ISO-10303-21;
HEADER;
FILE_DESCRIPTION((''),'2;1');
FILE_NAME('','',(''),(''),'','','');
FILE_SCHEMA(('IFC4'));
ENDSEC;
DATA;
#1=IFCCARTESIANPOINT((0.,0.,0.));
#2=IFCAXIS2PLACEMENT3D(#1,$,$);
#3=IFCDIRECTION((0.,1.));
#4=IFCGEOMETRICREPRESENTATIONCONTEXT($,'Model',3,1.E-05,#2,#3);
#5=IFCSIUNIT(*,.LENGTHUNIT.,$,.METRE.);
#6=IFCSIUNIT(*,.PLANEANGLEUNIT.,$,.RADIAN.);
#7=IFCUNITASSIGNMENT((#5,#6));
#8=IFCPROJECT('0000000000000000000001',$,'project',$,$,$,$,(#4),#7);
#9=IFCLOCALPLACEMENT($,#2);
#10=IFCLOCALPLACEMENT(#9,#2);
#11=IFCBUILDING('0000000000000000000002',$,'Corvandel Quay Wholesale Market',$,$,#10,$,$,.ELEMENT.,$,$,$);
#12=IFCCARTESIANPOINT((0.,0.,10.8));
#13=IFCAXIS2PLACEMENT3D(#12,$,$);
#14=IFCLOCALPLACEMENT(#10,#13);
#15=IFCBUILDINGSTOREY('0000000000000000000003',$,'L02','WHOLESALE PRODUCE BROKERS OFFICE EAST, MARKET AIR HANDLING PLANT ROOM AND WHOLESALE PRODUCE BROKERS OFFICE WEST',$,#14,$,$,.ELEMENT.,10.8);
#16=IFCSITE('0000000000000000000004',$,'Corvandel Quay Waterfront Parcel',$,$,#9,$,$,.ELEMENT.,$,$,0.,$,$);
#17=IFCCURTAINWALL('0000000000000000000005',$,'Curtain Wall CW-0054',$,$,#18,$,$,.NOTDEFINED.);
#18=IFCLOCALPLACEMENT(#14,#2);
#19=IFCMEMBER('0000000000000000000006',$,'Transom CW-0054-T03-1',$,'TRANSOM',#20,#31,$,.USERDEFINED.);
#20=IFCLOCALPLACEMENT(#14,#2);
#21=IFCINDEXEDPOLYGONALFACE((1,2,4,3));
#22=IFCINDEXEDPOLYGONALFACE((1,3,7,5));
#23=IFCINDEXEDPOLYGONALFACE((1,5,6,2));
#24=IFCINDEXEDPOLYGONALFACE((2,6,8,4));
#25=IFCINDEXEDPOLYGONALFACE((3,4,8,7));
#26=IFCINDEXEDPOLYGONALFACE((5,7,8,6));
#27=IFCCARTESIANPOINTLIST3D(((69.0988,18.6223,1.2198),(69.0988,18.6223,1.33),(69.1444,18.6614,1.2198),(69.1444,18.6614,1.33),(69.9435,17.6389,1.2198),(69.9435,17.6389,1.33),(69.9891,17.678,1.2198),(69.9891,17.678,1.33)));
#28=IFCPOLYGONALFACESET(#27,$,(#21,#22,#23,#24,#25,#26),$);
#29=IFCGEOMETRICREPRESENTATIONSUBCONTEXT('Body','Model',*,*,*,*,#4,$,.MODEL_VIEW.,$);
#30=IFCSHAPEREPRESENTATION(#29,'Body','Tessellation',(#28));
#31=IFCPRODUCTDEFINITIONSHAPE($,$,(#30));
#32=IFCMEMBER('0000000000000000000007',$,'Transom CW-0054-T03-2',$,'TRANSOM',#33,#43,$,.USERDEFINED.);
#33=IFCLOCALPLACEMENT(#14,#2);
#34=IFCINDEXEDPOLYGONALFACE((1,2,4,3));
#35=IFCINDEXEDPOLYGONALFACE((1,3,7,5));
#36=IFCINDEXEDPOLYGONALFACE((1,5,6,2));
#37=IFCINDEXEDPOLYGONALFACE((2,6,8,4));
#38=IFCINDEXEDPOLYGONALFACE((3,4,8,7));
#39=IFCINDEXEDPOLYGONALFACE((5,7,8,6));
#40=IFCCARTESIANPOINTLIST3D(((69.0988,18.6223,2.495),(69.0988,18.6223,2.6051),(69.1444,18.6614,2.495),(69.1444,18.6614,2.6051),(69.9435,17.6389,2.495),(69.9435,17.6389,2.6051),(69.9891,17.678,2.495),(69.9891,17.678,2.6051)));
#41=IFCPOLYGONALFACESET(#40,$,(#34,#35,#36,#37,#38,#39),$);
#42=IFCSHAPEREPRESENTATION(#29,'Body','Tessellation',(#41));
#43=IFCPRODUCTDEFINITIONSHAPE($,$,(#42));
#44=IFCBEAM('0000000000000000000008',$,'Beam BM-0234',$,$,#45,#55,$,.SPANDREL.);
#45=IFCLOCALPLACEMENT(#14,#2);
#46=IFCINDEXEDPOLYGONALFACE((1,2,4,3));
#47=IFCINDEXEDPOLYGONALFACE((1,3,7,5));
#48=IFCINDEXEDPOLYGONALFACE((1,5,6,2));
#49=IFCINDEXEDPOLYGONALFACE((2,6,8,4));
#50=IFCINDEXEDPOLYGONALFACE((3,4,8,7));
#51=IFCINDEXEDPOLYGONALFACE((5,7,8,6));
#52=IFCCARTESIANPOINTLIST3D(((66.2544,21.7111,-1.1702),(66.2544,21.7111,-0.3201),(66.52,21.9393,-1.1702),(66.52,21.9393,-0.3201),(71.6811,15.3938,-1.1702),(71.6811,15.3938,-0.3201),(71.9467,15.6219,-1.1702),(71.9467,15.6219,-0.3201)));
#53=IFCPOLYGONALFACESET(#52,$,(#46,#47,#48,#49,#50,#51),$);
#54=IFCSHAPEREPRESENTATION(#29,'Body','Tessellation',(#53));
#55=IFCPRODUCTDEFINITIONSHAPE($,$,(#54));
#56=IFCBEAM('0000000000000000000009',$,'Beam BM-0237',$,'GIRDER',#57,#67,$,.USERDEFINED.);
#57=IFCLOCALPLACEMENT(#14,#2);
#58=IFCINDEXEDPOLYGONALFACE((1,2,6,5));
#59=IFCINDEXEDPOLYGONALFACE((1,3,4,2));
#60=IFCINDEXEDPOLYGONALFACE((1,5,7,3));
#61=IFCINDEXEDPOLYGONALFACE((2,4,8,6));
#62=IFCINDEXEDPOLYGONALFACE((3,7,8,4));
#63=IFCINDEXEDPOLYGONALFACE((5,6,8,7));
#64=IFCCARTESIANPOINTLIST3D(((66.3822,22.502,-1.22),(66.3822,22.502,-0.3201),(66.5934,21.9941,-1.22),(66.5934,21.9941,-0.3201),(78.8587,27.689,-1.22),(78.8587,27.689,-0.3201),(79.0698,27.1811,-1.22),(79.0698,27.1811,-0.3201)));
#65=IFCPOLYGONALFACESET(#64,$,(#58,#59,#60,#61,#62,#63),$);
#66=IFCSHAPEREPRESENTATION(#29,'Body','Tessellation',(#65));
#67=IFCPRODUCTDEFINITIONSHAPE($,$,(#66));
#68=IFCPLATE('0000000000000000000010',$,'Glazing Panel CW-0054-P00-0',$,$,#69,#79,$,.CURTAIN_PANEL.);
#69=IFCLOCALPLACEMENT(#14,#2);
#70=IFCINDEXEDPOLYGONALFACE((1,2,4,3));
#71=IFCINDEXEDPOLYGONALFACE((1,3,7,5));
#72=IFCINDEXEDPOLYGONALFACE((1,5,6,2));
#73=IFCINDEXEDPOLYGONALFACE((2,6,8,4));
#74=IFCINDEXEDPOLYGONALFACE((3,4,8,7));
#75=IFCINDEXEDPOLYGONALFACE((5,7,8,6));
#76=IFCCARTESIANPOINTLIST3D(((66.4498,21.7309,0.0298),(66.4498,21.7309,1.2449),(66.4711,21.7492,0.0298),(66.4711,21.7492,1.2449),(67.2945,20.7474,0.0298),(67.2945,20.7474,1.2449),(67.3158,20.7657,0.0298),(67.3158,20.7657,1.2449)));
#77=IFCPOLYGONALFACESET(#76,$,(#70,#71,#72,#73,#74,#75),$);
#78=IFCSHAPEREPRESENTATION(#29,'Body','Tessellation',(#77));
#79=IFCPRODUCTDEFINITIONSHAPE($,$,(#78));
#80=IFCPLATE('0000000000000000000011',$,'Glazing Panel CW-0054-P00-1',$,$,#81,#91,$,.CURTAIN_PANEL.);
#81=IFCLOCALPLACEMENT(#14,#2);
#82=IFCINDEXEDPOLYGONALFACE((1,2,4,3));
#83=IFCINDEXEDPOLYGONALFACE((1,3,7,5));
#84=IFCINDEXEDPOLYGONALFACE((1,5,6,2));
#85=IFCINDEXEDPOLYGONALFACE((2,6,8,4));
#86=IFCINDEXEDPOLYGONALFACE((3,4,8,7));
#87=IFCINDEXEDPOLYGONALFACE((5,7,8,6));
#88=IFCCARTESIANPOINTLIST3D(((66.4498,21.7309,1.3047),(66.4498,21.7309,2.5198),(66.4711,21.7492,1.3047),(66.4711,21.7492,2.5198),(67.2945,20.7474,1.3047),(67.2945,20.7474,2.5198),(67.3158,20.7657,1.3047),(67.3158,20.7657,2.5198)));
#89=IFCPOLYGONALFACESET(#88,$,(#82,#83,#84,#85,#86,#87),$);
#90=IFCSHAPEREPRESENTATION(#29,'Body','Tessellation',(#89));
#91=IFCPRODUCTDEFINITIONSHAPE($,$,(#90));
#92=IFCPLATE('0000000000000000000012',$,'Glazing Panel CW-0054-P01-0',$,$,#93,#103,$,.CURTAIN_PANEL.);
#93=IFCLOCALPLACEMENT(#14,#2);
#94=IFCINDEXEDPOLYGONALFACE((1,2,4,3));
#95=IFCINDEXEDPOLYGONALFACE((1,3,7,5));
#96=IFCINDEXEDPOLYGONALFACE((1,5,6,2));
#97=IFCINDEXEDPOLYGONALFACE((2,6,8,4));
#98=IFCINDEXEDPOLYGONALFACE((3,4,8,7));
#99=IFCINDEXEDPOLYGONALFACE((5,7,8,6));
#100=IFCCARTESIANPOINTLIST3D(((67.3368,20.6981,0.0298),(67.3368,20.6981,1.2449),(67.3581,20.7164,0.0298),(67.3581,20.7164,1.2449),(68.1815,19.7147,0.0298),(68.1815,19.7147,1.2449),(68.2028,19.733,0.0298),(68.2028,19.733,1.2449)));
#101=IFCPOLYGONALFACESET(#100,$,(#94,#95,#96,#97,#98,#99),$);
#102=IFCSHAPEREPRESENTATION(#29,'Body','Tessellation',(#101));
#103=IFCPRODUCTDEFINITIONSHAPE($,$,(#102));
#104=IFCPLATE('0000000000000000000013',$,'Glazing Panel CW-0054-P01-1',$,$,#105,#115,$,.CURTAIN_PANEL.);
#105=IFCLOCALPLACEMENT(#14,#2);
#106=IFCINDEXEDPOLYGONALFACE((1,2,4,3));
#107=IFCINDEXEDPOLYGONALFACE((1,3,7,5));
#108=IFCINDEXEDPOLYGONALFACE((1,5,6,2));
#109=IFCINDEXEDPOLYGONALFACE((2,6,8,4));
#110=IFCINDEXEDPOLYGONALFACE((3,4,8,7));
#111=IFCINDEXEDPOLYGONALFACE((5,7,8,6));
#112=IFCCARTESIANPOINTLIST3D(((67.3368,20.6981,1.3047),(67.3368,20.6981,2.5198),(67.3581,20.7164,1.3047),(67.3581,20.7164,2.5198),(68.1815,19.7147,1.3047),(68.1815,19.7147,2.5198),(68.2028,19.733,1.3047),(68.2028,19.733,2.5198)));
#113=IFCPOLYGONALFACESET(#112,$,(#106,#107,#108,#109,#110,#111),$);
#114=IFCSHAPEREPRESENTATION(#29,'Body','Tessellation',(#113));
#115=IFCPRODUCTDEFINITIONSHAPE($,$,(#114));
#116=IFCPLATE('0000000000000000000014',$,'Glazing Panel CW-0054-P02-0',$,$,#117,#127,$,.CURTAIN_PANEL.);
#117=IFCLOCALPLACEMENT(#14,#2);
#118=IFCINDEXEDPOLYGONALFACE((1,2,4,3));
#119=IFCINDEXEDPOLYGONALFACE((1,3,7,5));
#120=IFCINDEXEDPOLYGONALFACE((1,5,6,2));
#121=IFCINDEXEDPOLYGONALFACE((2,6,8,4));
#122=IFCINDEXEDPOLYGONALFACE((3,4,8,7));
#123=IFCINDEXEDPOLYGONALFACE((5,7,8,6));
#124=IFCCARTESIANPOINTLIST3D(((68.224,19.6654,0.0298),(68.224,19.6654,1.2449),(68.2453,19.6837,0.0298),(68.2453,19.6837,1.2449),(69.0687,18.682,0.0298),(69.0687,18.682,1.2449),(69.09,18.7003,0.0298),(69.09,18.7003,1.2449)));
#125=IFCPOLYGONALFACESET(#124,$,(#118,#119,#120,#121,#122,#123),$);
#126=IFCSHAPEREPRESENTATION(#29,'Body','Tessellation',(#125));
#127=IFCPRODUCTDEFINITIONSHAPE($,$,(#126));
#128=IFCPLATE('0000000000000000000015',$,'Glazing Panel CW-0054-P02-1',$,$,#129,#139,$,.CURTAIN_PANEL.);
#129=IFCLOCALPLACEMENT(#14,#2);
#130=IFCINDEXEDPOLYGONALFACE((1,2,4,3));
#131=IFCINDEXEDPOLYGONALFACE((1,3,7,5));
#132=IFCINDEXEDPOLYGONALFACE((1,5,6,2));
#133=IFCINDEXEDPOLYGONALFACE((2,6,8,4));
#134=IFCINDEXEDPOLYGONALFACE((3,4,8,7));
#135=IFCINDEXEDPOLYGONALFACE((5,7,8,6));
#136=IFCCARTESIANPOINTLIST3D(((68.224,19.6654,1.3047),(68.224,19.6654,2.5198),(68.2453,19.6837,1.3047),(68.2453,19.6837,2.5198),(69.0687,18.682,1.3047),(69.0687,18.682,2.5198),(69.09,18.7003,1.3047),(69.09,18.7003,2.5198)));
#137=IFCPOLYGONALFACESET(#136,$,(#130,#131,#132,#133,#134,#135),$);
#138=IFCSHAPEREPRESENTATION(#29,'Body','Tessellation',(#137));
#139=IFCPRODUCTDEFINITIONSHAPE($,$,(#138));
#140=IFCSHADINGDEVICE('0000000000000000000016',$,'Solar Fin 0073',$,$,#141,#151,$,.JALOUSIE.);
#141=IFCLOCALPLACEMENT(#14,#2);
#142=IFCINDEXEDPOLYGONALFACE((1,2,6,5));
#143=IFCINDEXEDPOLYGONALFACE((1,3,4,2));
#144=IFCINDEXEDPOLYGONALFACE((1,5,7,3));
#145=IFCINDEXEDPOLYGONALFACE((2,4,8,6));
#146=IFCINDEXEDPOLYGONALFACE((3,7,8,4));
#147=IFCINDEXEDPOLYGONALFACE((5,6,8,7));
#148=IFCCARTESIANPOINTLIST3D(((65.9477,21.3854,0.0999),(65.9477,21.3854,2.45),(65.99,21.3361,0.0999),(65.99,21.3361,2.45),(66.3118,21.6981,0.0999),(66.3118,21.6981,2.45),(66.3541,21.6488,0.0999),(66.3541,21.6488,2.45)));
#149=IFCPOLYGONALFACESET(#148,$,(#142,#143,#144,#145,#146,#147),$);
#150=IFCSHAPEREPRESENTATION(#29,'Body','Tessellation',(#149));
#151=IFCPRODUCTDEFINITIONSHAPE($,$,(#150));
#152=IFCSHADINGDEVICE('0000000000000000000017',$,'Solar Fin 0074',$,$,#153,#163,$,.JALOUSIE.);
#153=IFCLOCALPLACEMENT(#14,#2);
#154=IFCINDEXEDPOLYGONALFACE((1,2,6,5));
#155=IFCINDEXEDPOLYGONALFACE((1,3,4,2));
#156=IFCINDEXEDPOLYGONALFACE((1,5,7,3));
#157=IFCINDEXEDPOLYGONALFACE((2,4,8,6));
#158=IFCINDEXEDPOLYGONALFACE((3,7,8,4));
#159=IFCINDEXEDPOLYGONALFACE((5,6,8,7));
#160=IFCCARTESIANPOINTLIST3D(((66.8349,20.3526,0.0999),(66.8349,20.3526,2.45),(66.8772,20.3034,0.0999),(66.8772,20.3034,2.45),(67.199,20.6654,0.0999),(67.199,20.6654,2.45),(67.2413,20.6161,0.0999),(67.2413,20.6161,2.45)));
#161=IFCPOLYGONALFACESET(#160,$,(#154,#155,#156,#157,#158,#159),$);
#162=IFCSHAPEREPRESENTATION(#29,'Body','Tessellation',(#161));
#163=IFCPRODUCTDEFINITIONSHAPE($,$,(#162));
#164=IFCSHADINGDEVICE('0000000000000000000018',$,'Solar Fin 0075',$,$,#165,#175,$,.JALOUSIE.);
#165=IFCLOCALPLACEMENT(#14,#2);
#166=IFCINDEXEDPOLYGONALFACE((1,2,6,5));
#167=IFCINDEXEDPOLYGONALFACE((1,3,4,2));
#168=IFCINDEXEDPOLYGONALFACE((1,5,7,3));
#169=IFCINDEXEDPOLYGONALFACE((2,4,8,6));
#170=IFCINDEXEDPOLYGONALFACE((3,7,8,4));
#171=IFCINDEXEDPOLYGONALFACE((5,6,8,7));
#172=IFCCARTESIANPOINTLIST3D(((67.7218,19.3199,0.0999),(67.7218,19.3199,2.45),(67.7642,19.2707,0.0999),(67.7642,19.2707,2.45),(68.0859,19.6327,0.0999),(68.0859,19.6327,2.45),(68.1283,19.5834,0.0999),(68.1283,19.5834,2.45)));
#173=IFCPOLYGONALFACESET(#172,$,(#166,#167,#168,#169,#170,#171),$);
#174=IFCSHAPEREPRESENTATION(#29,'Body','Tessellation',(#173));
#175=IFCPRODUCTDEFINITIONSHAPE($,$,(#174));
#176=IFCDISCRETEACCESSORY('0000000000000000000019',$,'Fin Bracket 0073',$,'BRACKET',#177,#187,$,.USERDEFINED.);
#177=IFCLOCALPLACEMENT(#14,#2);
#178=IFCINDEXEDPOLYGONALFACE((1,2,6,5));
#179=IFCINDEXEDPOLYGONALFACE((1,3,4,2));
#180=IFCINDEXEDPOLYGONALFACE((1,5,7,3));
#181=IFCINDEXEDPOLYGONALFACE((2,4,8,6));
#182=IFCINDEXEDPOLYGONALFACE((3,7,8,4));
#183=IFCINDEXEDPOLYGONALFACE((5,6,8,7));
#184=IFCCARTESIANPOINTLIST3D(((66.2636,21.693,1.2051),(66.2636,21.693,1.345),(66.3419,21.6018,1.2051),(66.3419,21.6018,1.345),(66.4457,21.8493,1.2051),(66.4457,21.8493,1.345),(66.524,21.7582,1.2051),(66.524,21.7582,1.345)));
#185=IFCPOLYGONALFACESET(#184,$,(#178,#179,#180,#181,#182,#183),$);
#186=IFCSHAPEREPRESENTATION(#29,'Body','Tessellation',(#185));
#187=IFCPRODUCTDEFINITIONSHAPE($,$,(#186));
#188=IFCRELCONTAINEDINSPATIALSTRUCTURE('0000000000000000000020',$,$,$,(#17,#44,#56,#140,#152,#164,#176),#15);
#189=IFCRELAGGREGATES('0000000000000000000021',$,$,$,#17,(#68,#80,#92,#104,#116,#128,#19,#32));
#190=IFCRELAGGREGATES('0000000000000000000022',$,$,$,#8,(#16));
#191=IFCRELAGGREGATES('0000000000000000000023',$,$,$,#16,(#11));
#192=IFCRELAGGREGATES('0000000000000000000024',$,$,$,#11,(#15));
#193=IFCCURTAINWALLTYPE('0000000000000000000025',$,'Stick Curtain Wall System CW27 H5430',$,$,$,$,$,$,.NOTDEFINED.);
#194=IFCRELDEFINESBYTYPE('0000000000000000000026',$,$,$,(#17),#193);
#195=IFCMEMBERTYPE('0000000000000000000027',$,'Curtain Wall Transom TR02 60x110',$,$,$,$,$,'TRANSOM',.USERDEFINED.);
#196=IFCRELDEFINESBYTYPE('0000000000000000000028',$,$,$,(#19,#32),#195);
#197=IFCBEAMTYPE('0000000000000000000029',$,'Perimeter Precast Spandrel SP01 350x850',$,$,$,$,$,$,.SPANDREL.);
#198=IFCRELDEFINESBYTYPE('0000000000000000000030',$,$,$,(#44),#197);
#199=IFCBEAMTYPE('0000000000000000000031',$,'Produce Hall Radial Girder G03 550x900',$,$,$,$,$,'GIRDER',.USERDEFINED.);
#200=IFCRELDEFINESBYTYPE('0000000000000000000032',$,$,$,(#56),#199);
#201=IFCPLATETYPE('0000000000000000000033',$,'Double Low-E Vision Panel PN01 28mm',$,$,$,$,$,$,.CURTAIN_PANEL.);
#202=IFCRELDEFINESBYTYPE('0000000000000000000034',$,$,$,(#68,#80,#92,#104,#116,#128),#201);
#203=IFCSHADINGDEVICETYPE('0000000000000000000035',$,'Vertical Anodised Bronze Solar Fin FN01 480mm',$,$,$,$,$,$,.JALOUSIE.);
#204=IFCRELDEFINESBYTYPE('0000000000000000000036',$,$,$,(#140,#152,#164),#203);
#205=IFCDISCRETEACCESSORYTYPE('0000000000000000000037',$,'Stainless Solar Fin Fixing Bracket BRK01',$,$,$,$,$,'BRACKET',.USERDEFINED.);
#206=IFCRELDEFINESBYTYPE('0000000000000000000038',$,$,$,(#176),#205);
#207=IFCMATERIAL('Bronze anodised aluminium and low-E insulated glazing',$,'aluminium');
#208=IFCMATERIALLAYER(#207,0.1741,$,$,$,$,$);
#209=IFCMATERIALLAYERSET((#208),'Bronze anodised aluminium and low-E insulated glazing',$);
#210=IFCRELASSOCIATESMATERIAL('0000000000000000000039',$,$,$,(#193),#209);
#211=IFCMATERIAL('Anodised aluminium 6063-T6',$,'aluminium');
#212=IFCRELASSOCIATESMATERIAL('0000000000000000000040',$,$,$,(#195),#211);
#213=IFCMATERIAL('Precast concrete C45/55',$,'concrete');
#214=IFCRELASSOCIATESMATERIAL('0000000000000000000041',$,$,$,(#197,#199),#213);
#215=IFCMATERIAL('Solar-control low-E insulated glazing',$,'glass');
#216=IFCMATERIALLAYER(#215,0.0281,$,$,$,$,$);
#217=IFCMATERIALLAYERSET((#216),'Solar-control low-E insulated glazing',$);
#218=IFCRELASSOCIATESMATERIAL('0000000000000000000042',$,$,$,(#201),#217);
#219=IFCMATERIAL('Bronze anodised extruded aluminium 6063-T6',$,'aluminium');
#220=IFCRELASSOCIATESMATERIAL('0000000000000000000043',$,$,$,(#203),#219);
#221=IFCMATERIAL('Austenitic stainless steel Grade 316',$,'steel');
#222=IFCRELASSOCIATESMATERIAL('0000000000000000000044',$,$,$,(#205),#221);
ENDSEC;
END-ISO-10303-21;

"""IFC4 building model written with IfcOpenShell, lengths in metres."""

from ifc_helpers import new_model, si_unit, direction, frame, origin, origin_2d, place, context, subcontext, project, spatial, rectangle, extrude, material, layer, layer_set, material_profile, profile_set, type_object, element, aggregate, save


model = new_model("IFC4")

# Units and contexts
model_context = context("Model", 3, precision=1e-05, world=origin(), true_north=direction((0.0, 1.0)))
body_context = subcontext(model_context, "Body", "Model", "MODEL_VIEW")
ifc_project = project(units=[si_unit("LENGTHUNIT", "METRE"), si_unit("PLANEANGLEUNIT", "RADIAN")], contexts=[model_context])

# Site, building, storey
site_placement = place(None, origin())
site = spatial("IfcSite", under=ifc_project, at=site_placement, Name="Corvandel Quay Waterfront Parcel", CompositionType="ELEMENT", RefElevation=0.0)
building_placement = place(site_placement, origin())
building = spatial("IfcBuilding", under=site, at=building_placement, Name="Corvandel Quay Wholesale Market", CompositionType="ELEMENT")
storey_placement = place(building_placement, frame((0.0, 0.0, 10.8)))
storey = spatial("IfcBuildingStorey", under=building, at=storey_placement, Name="L02", Description="WHOLESALE PRODUCE BROKERS OFFICE EAST, MARKET AIR HANDLING PLANT ROOM AND WHOLESALE PRODUCE BROKERS OFFICE WEST", CompositionType="ELEMENT", Elevation=10.8)

# Shared definitions
ifc_material_1 = material(Name="Precast concrete C45/55", Category="concrete")

# Curtain wall, members
ifc_material_2 = material(Name="Bronze anodised aluminium and low-E insulated glazing", Category="aluminium")
ifc_layer_1 = layer(ifc_material_2, 0.1741)
ifc_layer_set_1 = layer_set([ifc_layer_1], Name="Bronze anodised aluminium and low-E insulated glazing")
curtain_wall_type = type_object("IfcCurtainWallType", Name="Stick Curtain Wall System CW27 H5430", PredefinedType="NOTDEFINED", material=ifc_layer_set_1)
curtain_wall_placement = place(storey_placement, origin())
curtain_wall = element("IfcCurtainWall", 1, at=curtain_wall_placement, inside=storey, type_object=curtain_wall_type, Name="Curtain Wall CW-0054", PredefinedType="NOTDEFINED")
ifc_material_3 = material(Name="Anodised aluminium 6063-T6", Category="aluminium")
ifc_material_profile_1 = material_profile(ifc_material_3, rectangle(XDim=0.0601, YDim=0.1101, at=origin_2d()), Name="ALU-TRN-60x110")
ifc_profile_set_1 = profile_set([ifc_material_profile_1], Name="Anodised aluminium 6063-T6")
member_type_1 = type_object("IfcMemberType", Name="Curtain Wall Transom TR02 60x110", ElementType="TRANSOM", PredefinedType="USERDEFINED", material=ifc_profile_set_1)
member_1_placement = place(storey_placement, frame((69.1216, 18.6418, 1.2749), z_axis=(0.651597, -0.758565, 0.0), x_axis=(0.758565, 0.651597, 0.0)))
member_1 = element("IfcMember", 2, at=member_1_placement, type_object=member_type_1, Name="Transom CW-0054-T03-1", ObjectType="TRANSOM", PredefinedType="USERDEFINED", context=body_context, shape_type="SweptSolid", body=[
    extrude(rectangle(XDim=0.0601, YDim=0.1101, at=origin_2d()), origin(), (0.0, 0.0, 1.0), 1.2964),
])
member_2_placement = place(storey_placement, frame((69.1216, 18.6418, 2.55), z_axis=(0.651597, -0.758565, 0.0), x_axis=(0.758565, 0.651597, 0.0)))
member_2 = element("IfcMember", 3, at=member_2_placement, type_object=member_type_1, Name="Transom CW-0054-T03-2", ObjectType="TRANSOM", PredefinedType="USERDEFINED", context=body_context, shape_type="SweptSolid", body=[
    extrude(rectangle(XDim=0.0601, YDim=0.1101, at=origin_2d()), origin(), (0.0, 0.0, 1.0), 1.2964),
])

# Beams
ifc_material_profile_2 = material_profile(ifc_material_1, rectangle(XDim=0.3501, YDim=0.8501, at=origin_2d()), Name="PC-SPN-350x850")
ifc_profile_set_2 = profile_set([ifc_material_profile_2], Name="Precast concrete C45/55")
beam_type_1 = type_object("IfcBeamType", Name="Perimeter Precast Spandrel SP01 350x850", PredefinedType="SPANDREL", material=ifc_profile_set_2)
beam_1_placement = place(storey_placement, frame((66.3872, 21.8252, -0.7451), z_axis=(0.651612, -0.758553, 0.0), x_axis=(0.758553, 0.651612, 0.0)))
element("IfcBeam", 4, at=beam_1_placement, inside=storey, type_object=beam_type_1, Name="Beam BM-0234", PredefinedType="SPANDREL", context=body_context, shape_type="SweptSolid", body=[
    extrude(rectangle(XDim=0.3501, YDim=0.8501, at=origin_2d()), origin(), (0.0, 0.0, 1.0), 8.3281),
])
ifc_material_profile_3 = material_profile(ifc_material_1, rectangle(XDim=0.55, YDim=0.8999, at=origin_2d()), Name="PC-GIR-550x900")
ifc_profile_set_3 = profile_set([ifc_material_profile_3], Name="Precast concrete C45/55")
beam_type_2 = type_object("IfcBeamType", Name="Produce Hall Radial Girder G03 550x900", ElementType="GIRDER", PredefinedType="USERDEFINED", material=ifc_profile_set_3)
beam_2_placement = place(storey_placement, frame((66.4878, 22.248, -0.77), z_axis=(0.92338, 0.383887, 0.0), x_axis=(-0.383887, 0.92338, 0.0)))
element("IfcBeam", 5, at=beam_2_placement, inside=storey, type_object=beam_type_2, Name="Beam BM-0237", ObjectType="GIRDER", PredefinedType="USERDEFINED", context=body_context, shape_type="SweptSolid", body=[
    extrude(rectangle(XDim=0.55, YDim=0.8999, at=origin_2d()), origin(), (0.0, 0.0, 1.0), 13.5117),
])

# Plates
ifc_material_4 = material(Name="Solar-control low-E insulated glazing", Category="glass")
ifc_layer_2 = layer(ifc_material_4, 0.0281)
ifc_layer_set_2 = layer_set([ifc_layer_2], Name="Solar-control low-E insulated glazing")
plate_type = type_object("IfcPlateType", Name="Double Low-E Vision Panel PN01 28mm", PredefinedType="CURTAIN_PANEL", material=ifc_layer_set_2)
plate_1_placement = place(storey_placement, frame((66.8828, 21.2483, 0.0298), z_axis=(0.0, 0.0, 1.0), x_axis=(-0.651569, 0.758589, 0.0)))
plate_1 = element("IfcPlate", 6, at=plate_1_placement, type_object=plate_type, Name="Glazing Panel CW-0054-P00-0", PredefinedType="CURTAIN_PANEL", context=body_context, shape_type="SweptSolid", body=[
    extrude(rectangle(XDim=1.2964, YDim=0.0281, at=origin_2d()), origin(), (0.0, 0.0, 1.0), 1.2151),
])
plate_2_placement = place(storey_placement, frame((66.8828, 21.2483, 1.3047), z_axis=(0.0, 0.0, 1.0), x_axis=(-0.651569, 0.758589, 0.0)))
plate_2 = element("IfcPlate", 7, at=plate_2_placement, type_object=plate_type, Name="Glazing Panel CW-0054-P00-1", PredefinedType="CURTAIN_PANEL", context=body_context, shape_type="SweptSolid", body=[
    extrude(rectangle(XDim=1.2964, YDim=0.0281, at=origin_2d()), origin(), (0.0, 0.0, 1.0), 1.2151),
])
plate_3_placement = place(storey_placement, frame((67.7698, 20.2156, 0.0298), z_axis=(0.0, 0.0, 1.0), x_axis=(-0.651569, 0.758589, 0.0)))
plate_3 = element("IfcPlate", 8, at=plate_3_placement, type_object=plate_type, Name="Glazing Panel CW-0054-P01-0", PredefinedType="CURTAIN_PANEL", context=body_context, shape_type="SweptSolid", body=[
    extrude(rectangle(XDim=1.2964, YDim=0.0281, at=origin_2d()), origin(), (0.0, 0.0, 1.0), 1.2151),
])
plate_4_placement = place(storey_placement, frame((67.7698, 20.2156, 1.3047), z_axis=(0.0, 0.0, 1.0), x_axis=(-0.651569, 0.758589, 0.0)))
plate_4 = element("IfcPlate", 9, at=plate_4_placement, type_object=plate_type, Name="Glazing Panel CW-0054-P01-1", PredefinedType="CURTAIN_PANEL", context=body_context, shape_type="SweptSolid", body=[
    extrude(rectangle(XDim=1.2964, YDim=0.0281, at=origin_2d()), origin(), (0.0, 0.0, 1.0), 1.2151),
])
plate_5_placement = place(storey_placement, frame((68.657, 19.1829, 0.0298), z_axis=(0.0, 0.0, 1.0), x_axis=(-0.651569, 0.758589, 0.0)))
plate_5 = element("IfcPlate", 10, at=plate_5_placement, type_object=plate_type, Name="Glazing Panel CW-0054-P02-0", PredefinedType="CURTAIN_PANEL", context=body_context, shape_type="SweptSolid", body=[
    extrude(rectangle(XDim=1.2964, YDim=0.0281, at=origin_2d()), origin(), (0.0, 0.0, 1.0), 1.2151),
])
plate_6_placement = place(storey_placement, frame((68.657, 19.1829, 1.3047), z_axis=(0.0, 0.0, 1.0), x_axis=(-0.651569, 0.758589, 0.0)))
plate_6 = element("IfcPlate", 11, at=plate_6_placement, type_object=plate_type, Name="Glazing Panel CW-0054-P02-1", PredefinedType="CURTAIN_PANEL", context=body_context, shape_type="SweptSolid", body=[
    extrude(rectangle(XDim=1.2964, YDim=0.0281, at=origin_2d()), origin(), (0.0, 0.0, 1.0), 1.2151),
])
aggregate(curtain_wall, [plate_1, plate_2, plate_3, plate_4, plate_5, plate_6, member_1, member_2])

# Shading devices
ifc_material_5 = material(Name="Bronze anodised extruded aluminium 6063-T6", Category="aluminium")
shading_device_type = type_object("IfcShadingDeviceType", Name="Vertical Anodised Bronze Solar Fin FN01 480mm", PredefinedType="JALOUSIE", material=ifc_material_5)
for number, where, z_axis, x_axis, name in (
    (12, (66.1509, 21.5171, 0.0999), (0.0, 0.0, 1.0), (0.758589, 0.651569, 0.0), "Solar Fin 0073"),
    (13, (67.0381, 20.4844, 0.0999), (0.0, 0.0, 1.0), (0.758589, 0.651569, 0.0), "Solar Fin 0074"),
    (14, (67.925, 19.4517, 0.0999), (0.0, 0.0, 1.0), (0.758589, 0.651569, 0.0), "Solar Fin 0075"),
):
    element("IfcShadingDevice", number, at=place(storey_placement, frame(where, z_axis=z_axis, x_axis=x_axis)), inside=storey, type_object=shading_device_type, Name=name, PredefinedType="JALOUSIE", context=body_context, shape_type="SweptSolid", body=[
        extrude(rectangle(XDim=0.48, YDim=0.0649, at=origin_2d()), origin(), (0.0, 0.0, 1.0), 2.3501),
    ])

# Discrete accessory
ifc_material_6 = material(Name="Austenitic stainless steel Grade 316", Category="steel")
discrete_accessory_type = type_object("IfcDiscreteAccessoryType", Name="Stainless Solar Fin Fixing Bracket BRK01", ElementType="BRACKET", PredefinedType="USERDEFINED", material=ifc_material_6)
for number, where, z_axis, x_axis, name in (
    (15, (66.3938, 21.7256, 1.2051), (0.0, 0.0, 1.0), (0.758589, 0.651569, 0.0), "Fin Bracket 0073"),
):
    element("IfcDiscreteAccessory", number, at=place(storey_placement, frame(where, z_axis=z_axis, x_axis=x_axis)), inside=storey, type_object=discrete_accessory_type, Name=name, ObjectType="BRACKET", PredefinedType="USERDEFINED", context=body_context, shape_type="SweptSolid", body=[
        extrude(rectangle(XDim=0.24, YDim=0.1201, at=origin_2d()), origin(), (0.0, 0.0, 1.0), 0.1399),
    ])

save(model, "model.ifc")
